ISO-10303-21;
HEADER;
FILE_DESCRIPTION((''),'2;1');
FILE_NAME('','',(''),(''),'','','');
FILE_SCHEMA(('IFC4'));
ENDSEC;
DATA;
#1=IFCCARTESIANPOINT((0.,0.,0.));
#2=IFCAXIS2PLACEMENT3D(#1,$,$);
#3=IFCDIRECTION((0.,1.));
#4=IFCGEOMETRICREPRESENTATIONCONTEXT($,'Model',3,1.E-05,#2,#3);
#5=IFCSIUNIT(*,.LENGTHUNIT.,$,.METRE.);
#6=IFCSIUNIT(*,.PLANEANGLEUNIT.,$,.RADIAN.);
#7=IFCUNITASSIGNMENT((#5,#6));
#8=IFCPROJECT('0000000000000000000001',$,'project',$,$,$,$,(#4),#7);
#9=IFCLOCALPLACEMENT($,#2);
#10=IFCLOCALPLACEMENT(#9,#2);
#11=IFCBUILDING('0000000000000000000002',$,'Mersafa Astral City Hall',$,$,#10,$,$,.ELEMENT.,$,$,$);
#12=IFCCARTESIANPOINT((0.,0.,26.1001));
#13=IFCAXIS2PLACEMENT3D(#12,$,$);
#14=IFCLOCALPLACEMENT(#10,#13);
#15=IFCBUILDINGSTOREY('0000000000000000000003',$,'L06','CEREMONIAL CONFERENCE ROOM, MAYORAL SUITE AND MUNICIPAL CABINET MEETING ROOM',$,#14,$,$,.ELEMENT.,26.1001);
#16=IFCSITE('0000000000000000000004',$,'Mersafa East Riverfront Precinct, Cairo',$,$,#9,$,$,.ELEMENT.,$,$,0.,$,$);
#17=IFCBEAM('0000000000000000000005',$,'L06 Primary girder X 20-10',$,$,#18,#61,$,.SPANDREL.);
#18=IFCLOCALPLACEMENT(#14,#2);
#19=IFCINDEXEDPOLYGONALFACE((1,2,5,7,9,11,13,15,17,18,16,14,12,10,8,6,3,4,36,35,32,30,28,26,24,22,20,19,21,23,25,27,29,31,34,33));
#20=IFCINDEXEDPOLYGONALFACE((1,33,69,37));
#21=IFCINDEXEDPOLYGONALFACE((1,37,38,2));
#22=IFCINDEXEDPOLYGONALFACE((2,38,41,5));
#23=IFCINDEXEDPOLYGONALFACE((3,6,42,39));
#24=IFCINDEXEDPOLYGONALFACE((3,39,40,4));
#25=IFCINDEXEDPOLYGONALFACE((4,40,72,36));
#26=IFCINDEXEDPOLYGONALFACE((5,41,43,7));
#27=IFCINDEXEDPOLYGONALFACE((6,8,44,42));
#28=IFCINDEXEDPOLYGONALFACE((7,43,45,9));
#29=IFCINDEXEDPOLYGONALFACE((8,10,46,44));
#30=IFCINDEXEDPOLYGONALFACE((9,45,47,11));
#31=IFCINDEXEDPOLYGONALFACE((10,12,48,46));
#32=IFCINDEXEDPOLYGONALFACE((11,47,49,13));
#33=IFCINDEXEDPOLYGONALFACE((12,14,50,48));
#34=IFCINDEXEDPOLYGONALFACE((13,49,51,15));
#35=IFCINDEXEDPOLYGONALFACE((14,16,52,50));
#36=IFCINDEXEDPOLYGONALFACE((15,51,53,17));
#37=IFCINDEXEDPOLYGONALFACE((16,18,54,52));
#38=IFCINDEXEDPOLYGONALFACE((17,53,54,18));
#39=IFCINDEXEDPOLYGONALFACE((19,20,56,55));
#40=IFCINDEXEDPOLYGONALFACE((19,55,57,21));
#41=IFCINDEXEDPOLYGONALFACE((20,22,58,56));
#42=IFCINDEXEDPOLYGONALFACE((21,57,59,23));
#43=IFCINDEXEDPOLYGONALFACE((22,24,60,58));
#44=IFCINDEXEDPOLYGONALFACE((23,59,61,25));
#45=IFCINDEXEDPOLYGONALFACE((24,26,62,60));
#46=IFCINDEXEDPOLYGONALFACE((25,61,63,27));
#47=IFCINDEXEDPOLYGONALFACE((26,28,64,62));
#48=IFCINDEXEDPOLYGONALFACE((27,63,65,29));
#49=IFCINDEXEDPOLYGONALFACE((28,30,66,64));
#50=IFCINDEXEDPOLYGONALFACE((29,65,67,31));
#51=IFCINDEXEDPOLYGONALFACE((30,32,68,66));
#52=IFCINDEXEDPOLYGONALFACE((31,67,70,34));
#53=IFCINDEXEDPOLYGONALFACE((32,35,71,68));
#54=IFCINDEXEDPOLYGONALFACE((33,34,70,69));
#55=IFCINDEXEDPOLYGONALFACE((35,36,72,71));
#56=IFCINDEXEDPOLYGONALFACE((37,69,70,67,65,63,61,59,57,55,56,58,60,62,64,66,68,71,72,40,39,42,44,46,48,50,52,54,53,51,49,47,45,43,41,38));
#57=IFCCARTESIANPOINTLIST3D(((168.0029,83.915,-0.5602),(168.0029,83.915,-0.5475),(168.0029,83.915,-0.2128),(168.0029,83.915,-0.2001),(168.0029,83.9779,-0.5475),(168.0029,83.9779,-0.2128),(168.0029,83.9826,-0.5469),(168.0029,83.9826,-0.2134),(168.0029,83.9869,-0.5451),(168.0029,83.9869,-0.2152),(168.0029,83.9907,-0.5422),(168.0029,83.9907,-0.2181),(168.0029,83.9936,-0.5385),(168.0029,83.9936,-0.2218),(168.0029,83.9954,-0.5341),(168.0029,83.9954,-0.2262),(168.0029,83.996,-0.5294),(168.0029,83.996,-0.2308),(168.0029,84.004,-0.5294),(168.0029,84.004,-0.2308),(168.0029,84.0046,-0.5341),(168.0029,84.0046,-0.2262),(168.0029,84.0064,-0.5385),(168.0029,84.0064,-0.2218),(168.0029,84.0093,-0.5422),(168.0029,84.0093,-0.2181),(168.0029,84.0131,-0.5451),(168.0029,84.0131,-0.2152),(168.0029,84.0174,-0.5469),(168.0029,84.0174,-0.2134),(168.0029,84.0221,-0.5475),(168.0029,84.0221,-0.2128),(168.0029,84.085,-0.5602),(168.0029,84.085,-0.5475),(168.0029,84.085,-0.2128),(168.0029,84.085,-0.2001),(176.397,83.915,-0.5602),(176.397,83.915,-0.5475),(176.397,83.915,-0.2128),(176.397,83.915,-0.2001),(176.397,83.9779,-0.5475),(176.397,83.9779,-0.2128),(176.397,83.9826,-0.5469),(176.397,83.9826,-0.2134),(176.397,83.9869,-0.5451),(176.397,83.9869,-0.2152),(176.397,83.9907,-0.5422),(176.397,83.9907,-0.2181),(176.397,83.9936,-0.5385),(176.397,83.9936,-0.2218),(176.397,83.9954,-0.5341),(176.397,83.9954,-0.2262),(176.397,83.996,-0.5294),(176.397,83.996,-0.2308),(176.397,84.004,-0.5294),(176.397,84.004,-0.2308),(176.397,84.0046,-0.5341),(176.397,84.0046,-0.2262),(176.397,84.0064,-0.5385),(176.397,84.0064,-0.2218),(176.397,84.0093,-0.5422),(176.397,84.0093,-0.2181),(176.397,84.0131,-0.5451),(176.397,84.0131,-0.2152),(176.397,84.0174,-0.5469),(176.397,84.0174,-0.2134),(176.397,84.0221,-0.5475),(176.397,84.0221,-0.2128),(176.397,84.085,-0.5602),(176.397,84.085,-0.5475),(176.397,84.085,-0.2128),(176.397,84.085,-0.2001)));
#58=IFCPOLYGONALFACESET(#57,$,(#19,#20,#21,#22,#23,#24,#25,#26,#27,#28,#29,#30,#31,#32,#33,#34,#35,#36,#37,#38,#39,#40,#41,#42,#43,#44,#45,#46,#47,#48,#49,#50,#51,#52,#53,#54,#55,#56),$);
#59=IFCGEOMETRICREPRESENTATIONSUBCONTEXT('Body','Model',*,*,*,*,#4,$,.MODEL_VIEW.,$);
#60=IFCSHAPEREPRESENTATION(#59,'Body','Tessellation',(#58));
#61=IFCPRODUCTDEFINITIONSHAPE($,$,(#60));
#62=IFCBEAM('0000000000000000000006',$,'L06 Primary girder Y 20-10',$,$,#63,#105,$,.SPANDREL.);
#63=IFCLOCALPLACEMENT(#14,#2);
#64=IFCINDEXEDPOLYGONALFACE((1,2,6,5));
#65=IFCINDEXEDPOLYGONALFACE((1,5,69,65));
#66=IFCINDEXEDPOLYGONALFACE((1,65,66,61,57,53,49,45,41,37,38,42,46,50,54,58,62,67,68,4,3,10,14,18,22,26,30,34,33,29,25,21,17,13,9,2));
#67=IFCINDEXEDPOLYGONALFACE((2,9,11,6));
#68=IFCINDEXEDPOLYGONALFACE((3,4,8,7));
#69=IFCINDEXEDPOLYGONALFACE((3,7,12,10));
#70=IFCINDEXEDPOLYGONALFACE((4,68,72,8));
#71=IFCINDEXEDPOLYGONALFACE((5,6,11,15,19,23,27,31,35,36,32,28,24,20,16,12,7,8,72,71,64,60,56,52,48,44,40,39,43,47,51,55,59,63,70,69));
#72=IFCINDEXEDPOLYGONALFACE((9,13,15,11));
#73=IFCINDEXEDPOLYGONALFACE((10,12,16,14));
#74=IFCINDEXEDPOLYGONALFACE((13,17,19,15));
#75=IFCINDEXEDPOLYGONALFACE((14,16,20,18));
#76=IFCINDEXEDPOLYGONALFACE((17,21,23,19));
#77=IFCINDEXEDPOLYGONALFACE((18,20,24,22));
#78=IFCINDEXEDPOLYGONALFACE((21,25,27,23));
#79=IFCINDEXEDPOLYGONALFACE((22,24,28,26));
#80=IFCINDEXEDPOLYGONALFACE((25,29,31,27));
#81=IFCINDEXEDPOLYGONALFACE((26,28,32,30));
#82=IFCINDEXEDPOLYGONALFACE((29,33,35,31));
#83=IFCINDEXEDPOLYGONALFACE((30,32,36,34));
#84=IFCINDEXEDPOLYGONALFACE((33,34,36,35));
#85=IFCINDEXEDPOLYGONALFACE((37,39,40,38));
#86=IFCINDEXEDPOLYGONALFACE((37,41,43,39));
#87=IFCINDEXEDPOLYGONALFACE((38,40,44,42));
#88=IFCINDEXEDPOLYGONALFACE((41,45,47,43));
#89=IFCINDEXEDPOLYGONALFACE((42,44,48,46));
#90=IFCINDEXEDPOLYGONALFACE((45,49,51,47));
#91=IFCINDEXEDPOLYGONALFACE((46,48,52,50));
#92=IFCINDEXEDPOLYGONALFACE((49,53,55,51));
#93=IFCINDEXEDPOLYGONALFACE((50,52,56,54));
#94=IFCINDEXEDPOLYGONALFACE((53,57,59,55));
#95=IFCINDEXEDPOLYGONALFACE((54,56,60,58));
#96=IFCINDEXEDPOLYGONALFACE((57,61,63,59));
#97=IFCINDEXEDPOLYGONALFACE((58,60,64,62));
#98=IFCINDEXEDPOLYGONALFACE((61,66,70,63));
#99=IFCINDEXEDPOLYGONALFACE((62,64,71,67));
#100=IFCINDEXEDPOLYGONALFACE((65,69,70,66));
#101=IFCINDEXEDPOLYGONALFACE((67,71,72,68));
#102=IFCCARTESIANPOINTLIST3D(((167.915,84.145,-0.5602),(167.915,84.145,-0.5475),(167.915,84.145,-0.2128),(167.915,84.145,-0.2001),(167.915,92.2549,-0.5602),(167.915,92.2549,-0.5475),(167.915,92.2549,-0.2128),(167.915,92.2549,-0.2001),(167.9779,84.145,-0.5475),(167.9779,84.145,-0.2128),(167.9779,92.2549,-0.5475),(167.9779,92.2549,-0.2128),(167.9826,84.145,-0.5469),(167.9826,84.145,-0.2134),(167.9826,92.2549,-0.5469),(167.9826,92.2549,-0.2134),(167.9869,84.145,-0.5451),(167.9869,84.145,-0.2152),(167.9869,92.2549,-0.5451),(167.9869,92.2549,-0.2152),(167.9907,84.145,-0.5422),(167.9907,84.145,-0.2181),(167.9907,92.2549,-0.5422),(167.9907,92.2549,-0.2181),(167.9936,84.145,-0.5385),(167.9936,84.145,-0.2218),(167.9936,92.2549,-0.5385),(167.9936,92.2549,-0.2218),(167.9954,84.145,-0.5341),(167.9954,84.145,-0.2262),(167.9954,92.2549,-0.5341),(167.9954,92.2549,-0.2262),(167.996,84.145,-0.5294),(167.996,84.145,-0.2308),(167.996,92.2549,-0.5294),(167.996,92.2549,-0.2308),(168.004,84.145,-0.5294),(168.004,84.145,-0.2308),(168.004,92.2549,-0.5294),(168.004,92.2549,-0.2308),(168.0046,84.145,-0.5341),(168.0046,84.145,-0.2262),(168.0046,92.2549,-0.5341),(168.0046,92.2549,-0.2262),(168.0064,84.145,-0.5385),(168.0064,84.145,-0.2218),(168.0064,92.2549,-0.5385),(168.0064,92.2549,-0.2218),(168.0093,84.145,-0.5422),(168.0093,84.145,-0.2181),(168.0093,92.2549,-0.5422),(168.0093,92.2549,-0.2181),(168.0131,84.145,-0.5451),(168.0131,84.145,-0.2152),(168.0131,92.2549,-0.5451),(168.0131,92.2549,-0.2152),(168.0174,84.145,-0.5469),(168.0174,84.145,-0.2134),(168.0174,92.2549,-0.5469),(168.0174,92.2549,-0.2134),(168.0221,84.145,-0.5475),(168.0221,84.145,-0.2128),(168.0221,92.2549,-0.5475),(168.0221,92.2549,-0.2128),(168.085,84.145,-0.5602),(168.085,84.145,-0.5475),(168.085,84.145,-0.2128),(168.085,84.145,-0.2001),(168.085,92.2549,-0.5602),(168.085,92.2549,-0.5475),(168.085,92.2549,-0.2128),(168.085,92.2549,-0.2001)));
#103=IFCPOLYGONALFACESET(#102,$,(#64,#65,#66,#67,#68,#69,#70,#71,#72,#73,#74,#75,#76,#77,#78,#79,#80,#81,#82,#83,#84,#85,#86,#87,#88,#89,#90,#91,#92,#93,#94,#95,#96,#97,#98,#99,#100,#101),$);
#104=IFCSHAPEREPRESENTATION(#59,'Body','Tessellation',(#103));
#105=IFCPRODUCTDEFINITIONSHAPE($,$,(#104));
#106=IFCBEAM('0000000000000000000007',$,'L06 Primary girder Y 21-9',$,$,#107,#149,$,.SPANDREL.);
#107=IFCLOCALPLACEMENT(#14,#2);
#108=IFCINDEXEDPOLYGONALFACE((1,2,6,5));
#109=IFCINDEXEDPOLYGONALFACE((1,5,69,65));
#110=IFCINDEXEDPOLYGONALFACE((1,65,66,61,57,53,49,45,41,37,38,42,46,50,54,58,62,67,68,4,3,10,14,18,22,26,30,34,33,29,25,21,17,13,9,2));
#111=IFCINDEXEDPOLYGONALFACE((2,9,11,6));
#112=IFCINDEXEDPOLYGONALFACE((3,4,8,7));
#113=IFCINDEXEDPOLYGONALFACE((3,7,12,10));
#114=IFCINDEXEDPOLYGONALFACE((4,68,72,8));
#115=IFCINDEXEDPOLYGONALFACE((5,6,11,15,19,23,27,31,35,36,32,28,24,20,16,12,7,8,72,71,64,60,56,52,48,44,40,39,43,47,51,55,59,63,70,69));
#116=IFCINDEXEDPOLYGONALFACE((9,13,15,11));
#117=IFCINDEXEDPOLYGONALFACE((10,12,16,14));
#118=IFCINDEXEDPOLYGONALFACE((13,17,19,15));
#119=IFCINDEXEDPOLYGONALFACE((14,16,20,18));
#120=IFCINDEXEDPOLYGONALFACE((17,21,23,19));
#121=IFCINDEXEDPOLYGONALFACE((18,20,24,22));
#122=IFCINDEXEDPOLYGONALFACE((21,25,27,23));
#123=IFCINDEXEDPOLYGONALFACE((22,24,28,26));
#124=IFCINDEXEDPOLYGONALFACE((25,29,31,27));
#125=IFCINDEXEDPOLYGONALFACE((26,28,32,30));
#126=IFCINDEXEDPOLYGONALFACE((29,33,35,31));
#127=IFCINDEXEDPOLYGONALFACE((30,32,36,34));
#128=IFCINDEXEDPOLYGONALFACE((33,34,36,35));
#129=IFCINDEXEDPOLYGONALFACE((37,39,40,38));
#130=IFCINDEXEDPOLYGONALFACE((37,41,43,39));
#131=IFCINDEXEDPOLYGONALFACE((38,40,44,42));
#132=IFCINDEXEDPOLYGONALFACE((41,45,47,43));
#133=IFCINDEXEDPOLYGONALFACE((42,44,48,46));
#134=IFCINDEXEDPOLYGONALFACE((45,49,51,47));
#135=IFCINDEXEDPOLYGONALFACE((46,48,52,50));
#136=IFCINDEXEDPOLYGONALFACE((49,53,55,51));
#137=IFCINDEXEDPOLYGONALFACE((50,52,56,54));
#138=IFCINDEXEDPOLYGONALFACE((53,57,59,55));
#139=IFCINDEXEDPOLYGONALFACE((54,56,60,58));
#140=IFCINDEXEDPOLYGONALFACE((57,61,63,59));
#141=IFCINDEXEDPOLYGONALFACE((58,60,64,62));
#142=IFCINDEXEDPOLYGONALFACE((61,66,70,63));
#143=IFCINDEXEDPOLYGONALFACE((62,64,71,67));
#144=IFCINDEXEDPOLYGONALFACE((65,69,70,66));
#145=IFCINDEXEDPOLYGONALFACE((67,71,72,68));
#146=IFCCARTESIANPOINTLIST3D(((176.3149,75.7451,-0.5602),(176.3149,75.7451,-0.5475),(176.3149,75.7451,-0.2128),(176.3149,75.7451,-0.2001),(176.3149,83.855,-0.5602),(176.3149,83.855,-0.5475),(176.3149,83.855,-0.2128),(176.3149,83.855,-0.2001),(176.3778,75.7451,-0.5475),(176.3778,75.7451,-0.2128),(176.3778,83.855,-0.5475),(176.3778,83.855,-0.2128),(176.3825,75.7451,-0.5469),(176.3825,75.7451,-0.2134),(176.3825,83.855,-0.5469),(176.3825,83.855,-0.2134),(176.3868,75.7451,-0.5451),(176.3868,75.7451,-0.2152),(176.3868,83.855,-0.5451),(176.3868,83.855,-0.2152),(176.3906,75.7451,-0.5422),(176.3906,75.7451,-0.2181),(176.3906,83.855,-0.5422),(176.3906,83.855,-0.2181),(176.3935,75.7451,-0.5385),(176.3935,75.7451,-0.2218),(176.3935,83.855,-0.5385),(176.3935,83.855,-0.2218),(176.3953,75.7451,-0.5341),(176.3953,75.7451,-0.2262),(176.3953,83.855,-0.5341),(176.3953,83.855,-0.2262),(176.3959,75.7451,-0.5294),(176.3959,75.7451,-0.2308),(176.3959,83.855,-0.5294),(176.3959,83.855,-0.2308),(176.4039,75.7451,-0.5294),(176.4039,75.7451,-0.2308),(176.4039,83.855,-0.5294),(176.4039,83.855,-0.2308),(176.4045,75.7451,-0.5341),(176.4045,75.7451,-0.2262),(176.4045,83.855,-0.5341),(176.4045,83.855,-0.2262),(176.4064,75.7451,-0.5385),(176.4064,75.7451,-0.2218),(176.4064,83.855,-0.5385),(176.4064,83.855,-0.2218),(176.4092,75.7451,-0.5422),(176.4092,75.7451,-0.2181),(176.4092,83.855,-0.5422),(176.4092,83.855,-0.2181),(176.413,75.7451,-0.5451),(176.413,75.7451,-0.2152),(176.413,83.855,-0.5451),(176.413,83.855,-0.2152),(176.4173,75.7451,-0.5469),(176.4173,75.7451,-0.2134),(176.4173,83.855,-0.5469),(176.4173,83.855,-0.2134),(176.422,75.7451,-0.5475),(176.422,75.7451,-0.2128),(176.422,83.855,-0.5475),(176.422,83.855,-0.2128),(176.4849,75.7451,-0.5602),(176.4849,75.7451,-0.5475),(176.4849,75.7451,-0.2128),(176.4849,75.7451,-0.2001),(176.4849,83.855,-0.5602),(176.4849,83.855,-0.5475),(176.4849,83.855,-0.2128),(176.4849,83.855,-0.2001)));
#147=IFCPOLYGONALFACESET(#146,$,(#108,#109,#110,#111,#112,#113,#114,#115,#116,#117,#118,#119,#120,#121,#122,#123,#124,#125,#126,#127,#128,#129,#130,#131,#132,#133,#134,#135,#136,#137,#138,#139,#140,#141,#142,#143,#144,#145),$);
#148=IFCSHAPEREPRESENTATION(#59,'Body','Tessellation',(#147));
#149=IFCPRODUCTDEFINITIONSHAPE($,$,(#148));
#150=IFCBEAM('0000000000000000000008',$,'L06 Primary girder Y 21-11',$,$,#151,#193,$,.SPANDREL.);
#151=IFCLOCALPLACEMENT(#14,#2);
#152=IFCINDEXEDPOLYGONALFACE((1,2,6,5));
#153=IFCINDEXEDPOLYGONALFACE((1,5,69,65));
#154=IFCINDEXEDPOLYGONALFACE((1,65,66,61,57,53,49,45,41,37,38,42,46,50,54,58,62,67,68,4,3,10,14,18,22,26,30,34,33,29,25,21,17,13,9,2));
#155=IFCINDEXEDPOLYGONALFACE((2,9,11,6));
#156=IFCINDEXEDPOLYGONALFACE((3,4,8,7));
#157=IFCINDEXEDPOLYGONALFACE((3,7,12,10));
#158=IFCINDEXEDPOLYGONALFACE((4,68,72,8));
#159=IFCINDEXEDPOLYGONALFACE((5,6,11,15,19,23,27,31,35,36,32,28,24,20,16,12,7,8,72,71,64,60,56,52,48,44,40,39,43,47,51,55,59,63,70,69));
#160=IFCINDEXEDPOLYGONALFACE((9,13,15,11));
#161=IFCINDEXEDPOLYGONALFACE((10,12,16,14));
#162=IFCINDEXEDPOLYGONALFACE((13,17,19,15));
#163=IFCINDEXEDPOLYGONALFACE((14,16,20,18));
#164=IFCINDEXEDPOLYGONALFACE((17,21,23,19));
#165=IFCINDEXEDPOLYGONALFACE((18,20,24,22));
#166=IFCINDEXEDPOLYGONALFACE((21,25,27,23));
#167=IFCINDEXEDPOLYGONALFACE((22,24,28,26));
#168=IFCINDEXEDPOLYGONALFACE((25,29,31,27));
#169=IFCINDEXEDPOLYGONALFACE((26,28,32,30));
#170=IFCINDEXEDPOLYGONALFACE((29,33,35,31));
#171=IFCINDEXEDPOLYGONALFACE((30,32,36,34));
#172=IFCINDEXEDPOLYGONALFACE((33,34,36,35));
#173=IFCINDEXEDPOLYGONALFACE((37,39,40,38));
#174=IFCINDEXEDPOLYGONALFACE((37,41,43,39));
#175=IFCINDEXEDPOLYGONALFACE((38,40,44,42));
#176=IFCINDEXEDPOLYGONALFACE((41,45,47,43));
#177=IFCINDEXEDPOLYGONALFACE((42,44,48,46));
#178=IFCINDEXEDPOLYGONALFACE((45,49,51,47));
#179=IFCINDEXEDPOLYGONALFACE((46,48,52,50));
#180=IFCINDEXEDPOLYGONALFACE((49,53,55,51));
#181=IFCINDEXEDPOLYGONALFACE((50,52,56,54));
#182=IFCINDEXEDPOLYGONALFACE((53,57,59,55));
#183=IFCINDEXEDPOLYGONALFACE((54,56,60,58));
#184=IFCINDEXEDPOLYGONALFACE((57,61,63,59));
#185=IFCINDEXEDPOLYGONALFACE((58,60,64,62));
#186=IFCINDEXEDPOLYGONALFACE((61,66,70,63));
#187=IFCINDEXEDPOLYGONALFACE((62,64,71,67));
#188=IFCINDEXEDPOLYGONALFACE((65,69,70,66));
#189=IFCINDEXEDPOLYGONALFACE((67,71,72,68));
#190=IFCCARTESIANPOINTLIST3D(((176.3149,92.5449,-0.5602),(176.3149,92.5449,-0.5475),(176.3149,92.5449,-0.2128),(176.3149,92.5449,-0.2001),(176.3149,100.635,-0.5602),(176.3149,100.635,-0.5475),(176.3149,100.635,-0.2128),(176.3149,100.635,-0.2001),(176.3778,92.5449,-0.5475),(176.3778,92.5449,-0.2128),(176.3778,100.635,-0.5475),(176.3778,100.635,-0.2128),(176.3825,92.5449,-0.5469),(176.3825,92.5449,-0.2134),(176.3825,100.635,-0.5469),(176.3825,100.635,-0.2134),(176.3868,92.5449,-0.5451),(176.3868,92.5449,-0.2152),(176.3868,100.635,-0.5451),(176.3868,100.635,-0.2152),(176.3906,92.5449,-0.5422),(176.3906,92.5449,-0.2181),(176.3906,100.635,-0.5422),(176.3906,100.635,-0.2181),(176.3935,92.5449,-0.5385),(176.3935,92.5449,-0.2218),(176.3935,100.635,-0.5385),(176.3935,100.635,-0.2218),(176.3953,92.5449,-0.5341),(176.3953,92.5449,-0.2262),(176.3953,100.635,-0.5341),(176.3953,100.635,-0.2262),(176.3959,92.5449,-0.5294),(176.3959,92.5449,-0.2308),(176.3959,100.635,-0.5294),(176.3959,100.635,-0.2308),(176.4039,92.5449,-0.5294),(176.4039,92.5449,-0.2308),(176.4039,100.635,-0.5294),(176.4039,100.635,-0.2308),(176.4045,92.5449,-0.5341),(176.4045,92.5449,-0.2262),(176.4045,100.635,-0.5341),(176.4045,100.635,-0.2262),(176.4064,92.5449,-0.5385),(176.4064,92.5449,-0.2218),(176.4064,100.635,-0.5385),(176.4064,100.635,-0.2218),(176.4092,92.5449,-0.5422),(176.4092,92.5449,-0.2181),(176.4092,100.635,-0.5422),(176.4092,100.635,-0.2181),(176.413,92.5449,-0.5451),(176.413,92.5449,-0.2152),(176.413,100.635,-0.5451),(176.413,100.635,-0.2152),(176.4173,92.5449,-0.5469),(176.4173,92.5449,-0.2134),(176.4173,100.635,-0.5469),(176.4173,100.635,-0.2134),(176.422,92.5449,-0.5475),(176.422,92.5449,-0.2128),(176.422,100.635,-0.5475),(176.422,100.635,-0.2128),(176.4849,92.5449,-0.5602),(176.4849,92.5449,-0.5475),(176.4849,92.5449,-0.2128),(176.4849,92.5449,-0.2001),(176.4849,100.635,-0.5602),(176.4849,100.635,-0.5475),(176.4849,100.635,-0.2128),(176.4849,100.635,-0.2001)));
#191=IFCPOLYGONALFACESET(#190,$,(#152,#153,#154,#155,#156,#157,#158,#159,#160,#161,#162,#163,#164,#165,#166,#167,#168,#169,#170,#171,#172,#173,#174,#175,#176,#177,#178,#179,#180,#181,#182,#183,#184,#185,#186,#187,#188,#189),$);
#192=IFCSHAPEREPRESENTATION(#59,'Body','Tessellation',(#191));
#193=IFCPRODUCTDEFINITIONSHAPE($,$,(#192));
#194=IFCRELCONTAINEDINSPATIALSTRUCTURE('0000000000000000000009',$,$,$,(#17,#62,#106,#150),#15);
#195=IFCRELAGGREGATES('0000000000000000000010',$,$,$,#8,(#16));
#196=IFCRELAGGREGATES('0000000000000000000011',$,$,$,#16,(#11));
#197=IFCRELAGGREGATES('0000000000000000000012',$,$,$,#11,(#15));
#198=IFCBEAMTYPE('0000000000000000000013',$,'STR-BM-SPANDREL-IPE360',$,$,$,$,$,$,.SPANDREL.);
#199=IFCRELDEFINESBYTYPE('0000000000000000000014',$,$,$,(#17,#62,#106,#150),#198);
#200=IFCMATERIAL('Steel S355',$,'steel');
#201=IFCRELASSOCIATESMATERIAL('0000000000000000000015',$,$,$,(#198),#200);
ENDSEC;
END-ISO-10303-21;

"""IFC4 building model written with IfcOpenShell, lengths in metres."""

from ifc_helpers import new_model, si_unit, direction, frame, origin, origin_2d, place, context, subcontext, project, spatial, i_section, extrude, material, material_profile, profile_set, type_object, element, save


model = new_model("IFC4")

# Units and contexts
model_context = context("Model", 3, precision=1e-05, world=origin(), true_north=direction((0.0, 1.0)))
body_context = subcontext(model_context, "Body", "Model", "MODEL_VIEW")
ifc_project = project(units=[si_unit("LENGTHUNIT", "METRE"), si_unit("PLANEANGLEUNIT", "RADIAN")], contexts=[model_context])

# Site, building, storey
site_placement = place(None, origin())
site = spatial("IfcSite", under=ifc_project, at=site_placement, Name="Mersafa East Riverfront Precinct, Cairo", CompositionType="ELEMENT", RefElevation=0.0)
building_placement = place(site_placement, origin())
building = spatial("IfcBuilding", under=site, at=building_placement, Name="Mersafa Astral City Hall", CompositionType="ELEMENT")
storey_placement = place(building_placement, frame((0.0, 0.0, 26.1001)))
storey = spatial("IfcBuildingStorey", under=building, at=storey_placement, Name="L06", Description="CEREMONIAL CONFERENCE ROOM, MAYORAL SUITE AND MUNICIPAL CABINET MEETING ROOM", CompositionType="ELEMENT", Elevation=26.1001)

# Beams
ifc_material_1 = material(Name="Steel S355", Category="steel")
ifc_material_profile_1 = material_profile(ifc_material_1, i_section(OverallWidth=0.1699, OverallDepth=0.3601, WebThickness=0.0081, FlangeThickness=0.0127, FilletRadius=0.0181, at=origin_2d()), Name="IPE 360")
ifc_profile_set_1 = profile_set([ifc_material_profile_1], Name="Steel S355")
beam_type_1 = type_object("IfcBeamType", Name="STR-BM-SPANDREL-IPE360", PredefinedType="SPANDREL", material=ifc_profile_set_1)
for number, where, z_axis, x_axis, name in (
    (1, (168.0029, 84.0, -0.3801), (1.0, 0.0, 0.0), (0.0, 1.0, 0.0), "L06 Primary girder X 20-10"),
):
    element("IfcBeam", number, at=place(storey_placement, frame(where, z_axis=z_axis, x_axis=x_axis)), inside=storey, type_object=beam_type_1, Name=name, PredefinedType="SPANDREL", context=body_context, shape_type="SweptSolid", body=[
        extrude(i_section(OverallWidth=0.1699, OverallDepth=0.3601, WebThickness=0.0081, FlangeThickness=0.0127, FilletRadius=0.0181, at=origin_2d()), origin(), (0.0, 0.0, 1.0), 8.394),
    ])
for number, where, z_axis, x_axis, name in (
    (2, (168.0, 84.145, -0.3801), (0.0, 1.0, 0.0), (-1.0, 0.0, 0.0), "L06 Primary girder Y 20-10"),
    (3, (176.3999, 75.7451, -0.3801), (0.0, 1.0, 0.0), (-1.0, 0.0, 0.0), "L06 Primary girder Y 21-9"),
):
    element("IfcBeam", number, at=place(storey_placement, frame(where, z_axis=z_axis, x_axis=x_axis)), inside=storey, type_object=beam_type_1, Name=name, PredefinedType="SPANDREL", context=body_context, shape_type="SweptSolid", body=[
        extrude(i_section(OverallWidth=0.1699, OverallDepth=0.3601, WebThickness=0.0081, FlangeThickness=0.0127, FilletRadius=0.0181, at=origin_2d()), origin(), (0.0, 0.0, 1.0), 8.1099),
    ])
beam_1_placement = place(storey_placement, frame((176.3999, 92.5449, -0.3801), z_axis=(0.0, 1.0, 0.0), x_axis=(-1.0, 0.0, 0.0)))
element("IfcBeam", 4, at=beam_1_placement, inside=storey, type_object=beam_type_1, Name="L06 Primary girder Y 21-11", PredefinedType="SPANDREL", context=body_context, shape_type="SweptSolid", body=[
    extrude(i_section(OverallWidth=0.1699, OverallDepth=0.3601, WebThickness=0.0081, FlangeThickness=0.0127, FilletRadius=0.0181, at=origin_2d()), origin(), (0.0, 0.0, 1.0), 8.0901),
])

save(model, "model.ifc")
